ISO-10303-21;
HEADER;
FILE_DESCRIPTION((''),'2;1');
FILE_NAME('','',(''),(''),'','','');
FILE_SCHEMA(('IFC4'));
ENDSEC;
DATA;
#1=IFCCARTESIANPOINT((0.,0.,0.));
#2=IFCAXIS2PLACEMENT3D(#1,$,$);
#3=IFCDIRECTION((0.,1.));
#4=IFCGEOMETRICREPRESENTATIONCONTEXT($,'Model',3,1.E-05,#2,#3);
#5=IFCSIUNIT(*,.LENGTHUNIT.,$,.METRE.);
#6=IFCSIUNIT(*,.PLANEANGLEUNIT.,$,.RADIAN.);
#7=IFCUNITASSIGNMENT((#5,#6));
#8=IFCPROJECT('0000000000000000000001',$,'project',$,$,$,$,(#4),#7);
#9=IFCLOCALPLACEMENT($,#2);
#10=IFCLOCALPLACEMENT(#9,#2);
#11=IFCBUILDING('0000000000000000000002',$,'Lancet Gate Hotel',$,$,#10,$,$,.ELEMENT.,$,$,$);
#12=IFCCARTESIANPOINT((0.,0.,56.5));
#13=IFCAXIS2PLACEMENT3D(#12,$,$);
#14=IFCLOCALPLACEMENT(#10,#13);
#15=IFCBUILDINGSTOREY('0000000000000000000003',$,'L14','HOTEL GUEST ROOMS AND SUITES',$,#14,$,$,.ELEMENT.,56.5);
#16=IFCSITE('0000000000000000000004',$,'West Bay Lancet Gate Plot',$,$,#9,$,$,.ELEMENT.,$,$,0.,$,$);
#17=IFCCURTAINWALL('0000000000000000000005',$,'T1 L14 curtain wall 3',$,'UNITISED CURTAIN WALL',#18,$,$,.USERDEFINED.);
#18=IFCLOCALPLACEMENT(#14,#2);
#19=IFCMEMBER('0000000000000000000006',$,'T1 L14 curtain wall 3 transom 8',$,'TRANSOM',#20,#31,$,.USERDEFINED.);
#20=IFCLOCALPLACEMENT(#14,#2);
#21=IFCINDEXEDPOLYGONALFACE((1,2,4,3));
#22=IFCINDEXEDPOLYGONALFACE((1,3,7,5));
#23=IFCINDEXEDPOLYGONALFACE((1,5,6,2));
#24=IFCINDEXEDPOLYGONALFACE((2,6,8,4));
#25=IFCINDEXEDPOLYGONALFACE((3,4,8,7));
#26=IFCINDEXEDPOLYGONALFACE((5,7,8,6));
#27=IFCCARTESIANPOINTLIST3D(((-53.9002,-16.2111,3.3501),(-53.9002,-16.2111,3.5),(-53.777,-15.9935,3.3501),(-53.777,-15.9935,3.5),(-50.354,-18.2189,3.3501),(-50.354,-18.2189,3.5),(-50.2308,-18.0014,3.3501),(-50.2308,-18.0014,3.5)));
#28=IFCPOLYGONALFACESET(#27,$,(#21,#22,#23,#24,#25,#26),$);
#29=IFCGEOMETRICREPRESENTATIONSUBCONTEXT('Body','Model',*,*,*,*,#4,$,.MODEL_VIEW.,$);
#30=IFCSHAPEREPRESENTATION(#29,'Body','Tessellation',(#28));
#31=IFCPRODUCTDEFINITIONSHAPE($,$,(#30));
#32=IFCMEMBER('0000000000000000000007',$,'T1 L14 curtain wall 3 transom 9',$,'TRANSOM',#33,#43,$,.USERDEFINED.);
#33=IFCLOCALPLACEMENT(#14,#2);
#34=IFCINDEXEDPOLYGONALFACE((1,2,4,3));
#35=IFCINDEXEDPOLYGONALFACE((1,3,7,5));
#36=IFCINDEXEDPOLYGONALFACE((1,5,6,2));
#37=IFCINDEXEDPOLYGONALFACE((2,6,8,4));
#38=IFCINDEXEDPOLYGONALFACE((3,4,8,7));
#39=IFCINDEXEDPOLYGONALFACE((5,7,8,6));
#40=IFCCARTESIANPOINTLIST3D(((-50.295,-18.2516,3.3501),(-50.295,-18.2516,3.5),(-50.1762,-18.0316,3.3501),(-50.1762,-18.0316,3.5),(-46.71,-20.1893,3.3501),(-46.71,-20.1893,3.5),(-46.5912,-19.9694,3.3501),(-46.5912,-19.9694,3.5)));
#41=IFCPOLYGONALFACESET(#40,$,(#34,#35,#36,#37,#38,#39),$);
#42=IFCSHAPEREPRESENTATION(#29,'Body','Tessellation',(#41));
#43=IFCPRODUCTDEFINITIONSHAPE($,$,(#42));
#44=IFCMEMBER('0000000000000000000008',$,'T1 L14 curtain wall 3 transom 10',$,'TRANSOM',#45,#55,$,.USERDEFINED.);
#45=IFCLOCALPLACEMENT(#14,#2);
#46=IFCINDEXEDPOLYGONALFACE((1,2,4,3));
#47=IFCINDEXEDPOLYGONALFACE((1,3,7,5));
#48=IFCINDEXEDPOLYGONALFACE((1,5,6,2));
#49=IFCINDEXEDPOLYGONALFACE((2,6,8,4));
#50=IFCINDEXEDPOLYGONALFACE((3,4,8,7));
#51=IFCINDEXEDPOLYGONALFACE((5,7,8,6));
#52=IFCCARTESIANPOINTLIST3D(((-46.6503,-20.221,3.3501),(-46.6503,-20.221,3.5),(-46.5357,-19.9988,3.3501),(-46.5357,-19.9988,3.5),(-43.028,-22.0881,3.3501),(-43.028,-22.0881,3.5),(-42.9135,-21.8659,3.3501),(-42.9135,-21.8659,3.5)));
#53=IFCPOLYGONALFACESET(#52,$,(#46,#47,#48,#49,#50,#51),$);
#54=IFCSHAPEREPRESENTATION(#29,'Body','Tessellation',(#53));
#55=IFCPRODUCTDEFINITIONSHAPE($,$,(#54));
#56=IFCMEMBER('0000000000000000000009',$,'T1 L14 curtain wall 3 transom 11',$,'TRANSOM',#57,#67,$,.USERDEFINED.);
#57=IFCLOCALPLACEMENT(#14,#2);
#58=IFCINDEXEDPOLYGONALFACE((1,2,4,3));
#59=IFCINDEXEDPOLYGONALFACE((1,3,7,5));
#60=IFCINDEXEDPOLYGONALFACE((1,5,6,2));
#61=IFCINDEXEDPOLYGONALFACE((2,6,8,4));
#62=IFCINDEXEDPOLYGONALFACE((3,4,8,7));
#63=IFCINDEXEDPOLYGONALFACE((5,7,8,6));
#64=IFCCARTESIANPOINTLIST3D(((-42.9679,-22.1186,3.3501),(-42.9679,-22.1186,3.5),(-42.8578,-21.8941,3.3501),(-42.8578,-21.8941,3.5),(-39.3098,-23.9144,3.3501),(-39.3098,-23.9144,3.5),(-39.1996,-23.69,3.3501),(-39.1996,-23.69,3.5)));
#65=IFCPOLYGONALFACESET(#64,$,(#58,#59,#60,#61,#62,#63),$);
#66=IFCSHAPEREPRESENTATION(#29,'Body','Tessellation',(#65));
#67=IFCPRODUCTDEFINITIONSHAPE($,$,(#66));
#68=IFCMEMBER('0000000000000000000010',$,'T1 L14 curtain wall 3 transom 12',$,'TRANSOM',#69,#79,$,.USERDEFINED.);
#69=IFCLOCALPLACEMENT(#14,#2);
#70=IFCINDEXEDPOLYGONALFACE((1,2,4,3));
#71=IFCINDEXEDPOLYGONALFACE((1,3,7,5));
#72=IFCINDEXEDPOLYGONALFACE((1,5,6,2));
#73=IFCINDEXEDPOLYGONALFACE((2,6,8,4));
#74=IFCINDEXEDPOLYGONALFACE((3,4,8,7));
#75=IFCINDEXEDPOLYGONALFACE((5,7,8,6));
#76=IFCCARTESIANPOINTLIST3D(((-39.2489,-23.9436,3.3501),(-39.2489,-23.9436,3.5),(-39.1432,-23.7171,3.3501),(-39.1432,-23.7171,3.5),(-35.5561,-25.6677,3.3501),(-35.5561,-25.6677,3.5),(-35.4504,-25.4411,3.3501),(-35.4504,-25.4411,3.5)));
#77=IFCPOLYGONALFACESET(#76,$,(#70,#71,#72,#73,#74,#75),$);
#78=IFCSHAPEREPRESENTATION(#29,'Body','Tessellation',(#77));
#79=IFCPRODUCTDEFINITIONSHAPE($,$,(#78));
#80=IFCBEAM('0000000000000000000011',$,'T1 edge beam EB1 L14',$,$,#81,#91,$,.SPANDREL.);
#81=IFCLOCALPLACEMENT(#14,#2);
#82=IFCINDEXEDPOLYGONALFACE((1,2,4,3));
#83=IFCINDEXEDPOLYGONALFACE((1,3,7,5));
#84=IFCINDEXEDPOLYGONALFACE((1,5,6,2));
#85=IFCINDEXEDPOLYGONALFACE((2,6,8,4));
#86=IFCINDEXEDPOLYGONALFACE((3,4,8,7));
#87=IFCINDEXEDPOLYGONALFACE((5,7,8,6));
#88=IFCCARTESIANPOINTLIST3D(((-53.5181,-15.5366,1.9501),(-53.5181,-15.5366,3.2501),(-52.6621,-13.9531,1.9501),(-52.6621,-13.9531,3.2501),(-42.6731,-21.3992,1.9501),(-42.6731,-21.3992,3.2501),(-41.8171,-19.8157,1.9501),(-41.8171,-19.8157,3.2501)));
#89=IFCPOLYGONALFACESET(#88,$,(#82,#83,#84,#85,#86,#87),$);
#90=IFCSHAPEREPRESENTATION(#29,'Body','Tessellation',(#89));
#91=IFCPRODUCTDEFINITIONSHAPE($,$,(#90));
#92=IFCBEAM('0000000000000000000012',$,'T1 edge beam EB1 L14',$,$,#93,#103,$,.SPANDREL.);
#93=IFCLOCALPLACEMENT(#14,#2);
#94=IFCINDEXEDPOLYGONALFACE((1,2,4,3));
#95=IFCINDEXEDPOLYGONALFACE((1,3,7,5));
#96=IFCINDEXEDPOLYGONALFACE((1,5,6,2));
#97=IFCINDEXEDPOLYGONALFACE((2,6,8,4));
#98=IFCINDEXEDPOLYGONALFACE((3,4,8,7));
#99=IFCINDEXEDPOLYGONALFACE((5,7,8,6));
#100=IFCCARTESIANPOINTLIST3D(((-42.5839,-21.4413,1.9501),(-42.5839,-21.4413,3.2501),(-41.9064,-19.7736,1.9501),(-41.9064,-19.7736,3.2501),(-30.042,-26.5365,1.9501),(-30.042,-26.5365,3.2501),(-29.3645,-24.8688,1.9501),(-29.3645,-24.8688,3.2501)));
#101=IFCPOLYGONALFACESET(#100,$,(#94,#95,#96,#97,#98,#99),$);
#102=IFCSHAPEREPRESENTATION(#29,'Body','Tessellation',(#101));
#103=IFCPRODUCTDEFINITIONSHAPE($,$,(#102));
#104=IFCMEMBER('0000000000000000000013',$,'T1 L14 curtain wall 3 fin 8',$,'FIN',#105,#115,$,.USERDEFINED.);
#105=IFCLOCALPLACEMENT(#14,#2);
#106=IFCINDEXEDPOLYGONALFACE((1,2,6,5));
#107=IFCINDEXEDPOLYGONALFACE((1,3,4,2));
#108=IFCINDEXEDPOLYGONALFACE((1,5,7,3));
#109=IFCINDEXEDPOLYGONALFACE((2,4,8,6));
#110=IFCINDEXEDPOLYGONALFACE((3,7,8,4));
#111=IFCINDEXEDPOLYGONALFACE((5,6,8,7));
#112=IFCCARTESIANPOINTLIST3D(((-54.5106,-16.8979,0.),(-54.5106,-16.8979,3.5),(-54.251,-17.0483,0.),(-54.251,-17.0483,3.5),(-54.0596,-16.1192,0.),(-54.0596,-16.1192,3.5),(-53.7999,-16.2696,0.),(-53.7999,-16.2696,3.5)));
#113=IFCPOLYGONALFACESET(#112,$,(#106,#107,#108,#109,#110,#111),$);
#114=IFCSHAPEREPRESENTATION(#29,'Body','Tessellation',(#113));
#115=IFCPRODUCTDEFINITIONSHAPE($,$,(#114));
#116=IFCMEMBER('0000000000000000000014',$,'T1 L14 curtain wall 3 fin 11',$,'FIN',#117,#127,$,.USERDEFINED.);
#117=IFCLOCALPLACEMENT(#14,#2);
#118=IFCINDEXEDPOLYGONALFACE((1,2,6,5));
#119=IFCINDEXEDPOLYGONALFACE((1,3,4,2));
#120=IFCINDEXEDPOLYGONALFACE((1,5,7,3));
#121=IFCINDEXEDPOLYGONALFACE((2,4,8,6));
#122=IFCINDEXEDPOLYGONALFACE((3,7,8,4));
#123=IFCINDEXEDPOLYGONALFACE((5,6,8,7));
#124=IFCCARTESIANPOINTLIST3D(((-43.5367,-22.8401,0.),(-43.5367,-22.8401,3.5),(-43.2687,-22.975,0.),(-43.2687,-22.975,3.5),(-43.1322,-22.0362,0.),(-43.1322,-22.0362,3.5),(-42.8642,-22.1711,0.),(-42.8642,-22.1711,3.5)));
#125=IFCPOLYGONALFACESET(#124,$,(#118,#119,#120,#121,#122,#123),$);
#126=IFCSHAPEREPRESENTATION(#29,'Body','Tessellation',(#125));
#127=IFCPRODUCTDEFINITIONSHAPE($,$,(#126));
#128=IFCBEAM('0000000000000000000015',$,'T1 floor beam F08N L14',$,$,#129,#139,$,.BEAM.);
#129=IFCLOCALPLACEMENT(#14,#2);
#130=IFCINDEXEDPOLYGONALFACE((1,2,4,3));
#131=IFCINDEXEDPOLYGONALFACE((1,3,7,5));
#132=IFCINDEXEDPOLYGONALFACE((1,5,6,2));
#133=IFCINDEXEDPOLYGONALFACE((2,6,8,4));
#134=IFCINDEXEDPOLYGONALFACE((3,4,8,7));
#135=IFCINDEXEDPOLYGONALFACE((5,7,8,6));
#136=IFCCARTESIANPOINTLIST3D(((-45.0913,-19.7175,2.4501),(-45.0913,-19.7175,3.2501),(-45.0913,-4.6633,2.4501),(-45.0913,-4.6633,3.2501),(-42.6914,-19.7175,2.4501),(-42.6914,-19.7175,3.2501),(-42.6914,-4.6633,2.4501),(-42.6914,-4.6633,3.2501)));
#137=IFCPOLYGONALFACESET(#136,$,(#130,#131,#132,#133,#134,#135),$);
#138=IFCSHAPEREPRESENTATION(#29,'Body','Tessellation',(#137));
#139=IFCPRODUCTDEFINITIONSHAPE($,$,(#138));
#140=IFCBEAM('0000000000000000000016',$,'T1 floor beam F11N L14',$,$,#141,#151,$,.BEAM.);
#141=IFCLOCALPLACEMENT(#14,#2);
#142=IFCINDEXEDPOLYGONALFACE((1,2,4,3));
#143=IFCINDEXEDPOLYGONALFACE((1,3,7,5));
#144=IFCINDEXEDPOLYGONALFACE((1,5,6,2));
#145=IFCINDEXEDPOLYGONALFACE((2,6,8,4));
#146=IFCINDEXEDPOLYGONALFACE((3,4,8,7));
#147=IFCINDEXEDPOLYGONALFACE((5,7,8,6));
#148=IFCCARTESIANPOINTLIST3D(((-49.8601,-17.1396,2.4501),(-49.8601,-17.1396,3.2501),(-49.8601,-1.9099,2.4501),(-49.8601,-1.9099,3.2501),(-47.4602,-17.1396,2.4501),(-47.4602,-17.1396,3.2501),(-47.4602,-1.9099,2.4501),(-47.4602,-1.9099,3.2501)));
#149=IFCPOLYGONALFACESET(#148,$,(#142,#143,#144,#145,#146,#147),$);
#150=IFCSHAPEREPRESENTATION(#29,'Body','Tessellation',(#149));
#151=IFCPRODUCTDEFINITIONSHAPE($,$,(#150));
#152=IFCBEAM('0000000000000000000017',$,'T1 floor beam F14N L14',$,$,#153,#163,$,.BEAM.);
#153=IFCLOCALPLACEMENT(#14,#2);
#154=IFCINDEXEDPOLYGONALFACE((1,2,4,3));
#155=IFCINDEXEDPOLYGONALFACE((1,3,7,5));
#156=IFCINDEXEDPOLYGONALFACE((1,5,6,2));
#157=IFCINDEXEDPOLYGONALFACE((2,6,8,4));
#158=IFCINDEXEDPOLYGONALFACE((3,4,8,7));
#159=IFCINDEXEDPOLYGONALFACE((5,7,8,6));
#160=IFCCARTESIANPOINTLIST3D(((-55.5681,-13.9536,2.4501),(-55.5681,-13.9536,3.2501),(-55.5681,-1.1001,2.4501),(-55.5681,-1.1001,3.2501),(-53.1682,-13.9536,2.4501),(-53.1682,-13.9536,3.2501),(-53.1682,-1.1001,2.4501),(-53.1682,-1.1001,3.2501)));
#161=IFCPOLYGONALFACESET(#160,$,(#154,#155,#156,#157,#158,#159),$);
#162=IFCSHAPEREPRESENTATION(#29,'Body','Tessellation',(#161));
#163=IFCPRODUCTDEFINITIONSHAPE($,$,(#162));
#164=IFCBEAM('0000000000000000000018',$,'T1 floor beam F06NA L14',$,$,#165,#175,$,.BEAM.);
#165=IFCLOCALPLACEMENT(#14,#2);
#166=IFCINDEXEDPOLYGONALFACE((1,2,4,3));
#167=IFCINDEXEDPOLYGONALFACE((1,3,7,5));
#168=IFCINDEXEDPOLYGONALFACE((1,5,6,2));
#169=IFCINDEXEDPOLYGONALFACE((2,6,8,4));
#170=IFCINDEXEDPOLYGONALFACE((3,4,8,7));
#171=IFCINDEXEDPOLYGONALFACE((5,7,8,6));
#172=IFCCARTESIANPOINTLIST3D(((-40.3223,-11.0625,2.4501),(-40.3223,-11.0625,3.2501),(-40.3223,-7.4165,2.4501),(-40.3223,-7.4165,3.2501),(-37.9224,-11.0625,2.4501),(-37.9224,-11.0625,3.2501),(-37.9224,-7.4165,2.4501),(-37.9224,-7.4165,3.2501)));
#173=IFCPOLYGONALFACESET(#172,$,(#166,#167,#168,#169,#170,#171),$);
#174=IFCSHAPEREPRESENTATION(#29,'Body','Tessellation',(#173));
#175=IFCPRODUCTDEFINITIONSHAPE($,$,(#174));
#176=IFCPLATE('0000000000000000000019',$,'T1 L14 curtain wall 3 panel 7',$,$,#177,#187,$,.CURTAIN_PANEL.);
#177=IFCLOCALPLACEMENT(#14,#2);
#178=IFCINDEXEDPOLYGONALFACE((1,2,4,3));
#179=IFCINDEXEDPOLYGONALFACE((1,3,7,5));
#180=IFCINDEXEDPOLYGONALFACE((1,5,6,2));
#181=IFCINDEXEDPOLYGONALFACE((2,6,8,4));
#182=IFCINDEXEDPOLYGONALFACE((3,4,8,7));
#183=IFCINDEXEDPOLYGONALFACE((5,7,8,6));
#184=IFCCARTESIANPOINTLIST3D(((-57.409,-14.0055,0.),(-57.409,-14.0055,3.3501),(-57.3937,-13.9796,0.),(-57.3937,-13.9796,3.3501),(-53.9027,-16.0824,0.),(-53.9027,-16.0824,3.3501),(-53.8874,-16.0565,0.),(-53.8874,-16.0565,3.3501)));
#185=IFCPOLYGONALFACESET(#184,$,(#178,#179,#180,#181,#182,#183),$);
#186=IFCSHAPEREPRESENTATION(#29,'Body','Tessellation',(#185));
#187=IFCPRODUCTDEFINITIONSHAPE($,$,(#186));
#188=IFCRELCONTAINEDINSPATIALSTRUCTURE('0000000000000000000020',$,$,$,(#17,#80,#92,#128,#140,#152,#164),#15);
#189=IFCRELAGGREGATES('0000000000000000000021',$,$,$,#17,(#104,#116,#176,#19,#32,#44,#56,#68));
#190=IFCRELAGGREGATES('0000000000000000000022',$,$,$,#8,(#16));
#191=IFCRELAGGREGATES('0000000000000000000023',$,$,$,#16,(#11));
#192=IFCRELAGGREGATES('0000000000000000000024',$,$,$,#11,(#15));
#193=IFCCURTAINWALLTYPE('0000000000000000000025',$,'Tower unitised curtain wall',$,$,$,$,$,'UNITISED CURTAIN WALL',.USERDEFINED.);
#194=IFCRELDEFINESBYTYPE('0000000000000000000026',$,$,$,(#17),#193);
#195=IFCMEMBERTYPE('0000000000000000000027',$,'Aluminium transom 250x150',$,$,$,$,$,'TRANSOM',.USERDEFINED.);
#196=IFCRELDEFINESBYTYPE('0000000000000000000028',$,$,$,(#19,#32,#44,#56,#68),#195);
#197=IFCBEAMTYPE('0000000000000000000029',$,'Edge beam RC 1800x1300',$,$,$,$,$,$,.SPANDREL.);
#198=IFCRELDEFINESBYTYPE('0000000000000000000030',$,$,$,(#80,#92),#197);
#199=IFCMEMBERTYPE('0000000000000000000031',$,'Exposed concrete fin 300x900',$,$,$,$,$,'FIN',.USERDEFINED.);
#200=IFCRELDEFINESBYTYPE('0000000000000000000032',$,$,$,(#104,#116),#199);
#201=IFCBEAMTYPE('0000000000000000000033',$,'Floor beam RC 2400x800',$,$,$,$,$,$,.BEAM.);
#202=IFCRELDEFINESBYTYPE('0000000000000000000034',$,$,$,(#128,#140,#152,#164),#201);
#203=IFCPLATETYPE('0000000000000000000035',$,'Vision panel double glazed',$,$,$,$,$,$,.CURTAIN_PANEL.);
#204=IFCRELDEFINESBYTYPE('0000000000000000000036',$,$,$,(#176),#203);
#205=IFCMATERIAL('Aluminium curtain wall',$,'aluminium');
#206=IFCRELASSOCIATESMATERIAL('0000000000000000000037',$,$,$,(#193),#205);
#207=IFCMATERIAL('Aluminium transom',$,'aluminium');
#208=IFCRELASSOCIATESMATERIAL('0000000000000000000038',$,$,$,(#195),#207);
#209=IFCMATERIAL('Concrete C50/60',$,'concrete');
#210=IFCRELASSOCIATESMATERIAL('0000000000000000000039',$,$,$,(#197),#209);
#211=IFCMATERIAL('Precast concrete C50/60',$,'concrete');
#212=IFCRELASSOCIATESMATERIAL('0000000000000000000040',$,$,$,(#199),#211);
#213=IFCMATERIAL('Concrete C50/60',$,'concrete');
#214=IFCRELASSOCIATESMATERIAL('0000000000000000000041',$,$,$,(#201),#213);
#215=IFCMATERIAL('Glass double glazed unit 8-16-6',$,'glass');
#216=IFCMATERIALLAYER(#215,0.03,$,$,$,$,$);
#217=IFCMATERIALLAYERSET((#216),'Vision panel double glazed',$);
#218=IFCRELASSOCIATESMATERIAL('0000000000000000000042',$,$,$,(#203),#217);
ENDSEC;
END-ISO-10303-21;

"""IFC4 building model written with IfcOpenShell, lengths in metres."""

from ifc_helpers import new_model, si_unit, direction, frame, origin, origin_2d, place, context, subcontext, project, spatial, rectangle, extrude, material, layer, layer_set, material_profile, profile_set, type_object, element, aggregate, save


model = new_model("IFC4")

# Units and contexts
model_context = context("Model", 3, precision=1e-05, world=origin(), true_north=direction((0.0, 1.0)))
body_context = subcontext(model_context, "Body", "Model", "MODEL_VIEW")
ifc_project = project(units=[si_unit("LENGTHUNIT", "METRE"), si_unit("PLANEANGLEUNIT", "RADIAN")], contexts=[model_context])

# Site, building, storey
site_placement = place(None, origin())
site = spatial("IfcSite", under=ifc_project, at=site_placement, Name="West Bay Lancet Gate Plot", CompositionType="ELEMENT", RefElevation=0.0)
building_placement = place(site_placement, origin())
building = spatial("IfcBuilding", under=site, at=building_placement, Name="Lancet Gate Hotel", CompositionType="ELEMENT")
storey_placement = place(building_placement, frame((0.0, 0.0, 56.5)))
storey = spatial("IfcBuildingStorey", under=building, at=storey_placement, Name="L14", Description="HOTEL GUEST ROOMS AND SUITES", CompositionType="ELEMENT", Elevation=56.5)

# Curtain wall, members
ifc_material_1 = material(Name="Aluminium curtain wall", Category="aluminium")
curtain_wall_type = type_object("IfcCurtainWallType", Name="Tower unitised curtain wall", ElementType="UNITISED CURTAIN WALL", PredefinedType="USERDEFINED", material=ifc_material_1)
curtain_wall_placement = place(storey_placement, origin())
curtain_wall = element("IfcCurtainWall", 1, at=curtain_wall_placement, inside=storey, type_object=curtain_wall_type, Name="T1 L14 curtain wall 3", ObjectType="UNITISED CURTAIN WALL", PredefinedType="USERDEFINED")
ifc_material_2 = material(Name="Aluminium transom", Category="aluminium")
ifc_material_profile_1 = material_profile(ifc_material_2, rectangle(XDim=0.25, YDim=0.1499, at=origin_2d()), Name="TRANSOM 250x150")
ifc_profile_set_1 = profile_set([ifc_material_profile_1], Name="Aluminium transom")
member_type_1 = type_object("IfcMemberType", Name="Aluminium transom 250x150", ElementType="TRANSOM", PredefinedType="USERDEFINED", material=ifc_profile_set_1)
member_1_placement = place(storey_placement, frame((-53.8386, -16.1023, 3.425), z_axis=(0.870198, -0.492703, 0.0), x_axis=(0.492703, 0.870198, 0.0)))
member_1 = element("IfcMember", 2, at=member_1_placement, type_object=member_type_1, Name="T1 L14 curtain wall 3 transom 8", ObjectType="TRANSOM", PredefinedType="USERDEFINED", context=body_context, shape_type="SweptSolid", body=[
    extrude(rectangle(XDim=0.25, YDim=0.1499, at=origin_2d()), origin(), (0.0, 0.0, 1.0), 4.0752),
])
member_2_placement = place(storey_placement, frame((-50.2356, -18.1416, 3.425), z_axis=(0.879714, -0.475503, 0.0), x_axis=(0.475503, 0.879714, 0.0)))
member_2 = element("IfcMember", 3, at=member_2_placement, type_object=member_type_1, Name="T1 L14 curtain wall 3 transom 9", ObjectType="TRANSOM", PredefinedType="USERDEFINED", context=body_context, shape_type="SweptSolid", body=[
    extrude(rectangle(XDim=0.25, YDim=0.1499, at=origin_2d()), origin(), (0.0, 0.0, 1.0), 4.0752),
])
member_3_placement = place(storey_placement, frame((-46.593, -20.1099, 3.425), z_axis=(0.88886, -0.458179, 0.0), x_axis=(0.458179, 0.88886, 0.0)))
member_3 = element("IfcMember", 4, at=member_3_placement, type_object=member_type_1, Name="T1 L14 curtain wall 3 transom 10", ObjectType="TRANSOM", PredefinedType="USERDEFINED", context=body_context, shape_type="SweptSolid", body=[
    extrude(rectangle(XDim=0.25, YDim=0.1499, at=origin_2d()), origin(), (0.0, 0.0, 1.0), 4.0752),
])
member_4_placement = place(storey_placement, frame((-42.9128, -22.0063, 3.425), z_axis=(0.897662, -0.440684, 0.0), x_axis=(0.440684, 0.897662, 0.0)))
member_4 = element("IfcMember", 5, at=member_4_placement, type_object=member_type_1, Name="T1 L14 curtain wall 3 transom 11", ObjectType="TRANSOM", PredefinedType="USERDEFINED", context=body_context, shape_type="SweptSolid", body=[
    extrude(rectangle(XDim=0.25, YDim=0.1499, at=origin_2d()), origin(), (0.0, 0.0, 1.0), 4.0752),
])
member_5_placement = place(storey_placement, frame((-39.196, -23.8303, 3.425), z_axis=(0.90611, -0.423043, 0.0), x_axis=(0.423043, 0.90611, 0.0)))
member_5 = element("IfcMember", 6, at=member_5_placement, type_object=member_type_1, Name="T1 L14 curtain wall 3 transom 12", ObjectType="TRANSOM", PredefinedType="USERDEFINED", context=body_context, shape_type="SweptSolid", body=[
    extrude(rectangle(XDim=0.25, YDim=0.1499, at=origin_2d()), origin(), (0.0, 0.0, 1.0), 4.0754),
])

# Beams
ifc_material_3 = material(Name="Concrete C50/60", Category="concrete")
ifc_material_profile_2 = material_profile(ifc_material_3, rectangle(XDim=1.8, YDim=1.3, at=origin_2d()), Name="RC 1800x1300")
ifc_profile_set_2 = profile_set([ifc_material_profile_2], Name="Concrete C50/60")
beam_type_1 = type_object("IfcBeamType", Name="Edge beam RC 1800x1300", PredefinedType="SPANDREL", material=ifc_profile_set_2)
beam_1_placement = place(storey_placement, frame((-53.0901, -14.7449, 2.6001), z_axis=(0.879693, -0.475542, 0.0), x_axis=(0.475542, 0.879693, 0.0)))
element("IfcBeam", 7, at=beam_1_placement, inside=storey, type_object=beam_type_1, Name="T1 edge beam EB1 L14", PredefinedType="SPANDREL", context=body_context, shape_type="SweptSolid", body=[
    extrude(rectangle(XDim=1.8, YDim=1.3, at=origin_2d()), origin(), (0.0, 0.0, 1.0), 12.3281),
])
beam_2_placement = place(storey_placement, frame((-42.2451, -20.6074, 2.6001), z_axis=(0.926463, -0.376385, 0.0), x_axis=(0.376385, 0.926463, 0.0)))
element("IfcBeam", 8, at=beam_2_placement, inside=storey, type_object=beam_type_1, Name="T1 edge beam EB1 L14", PredefinedType="SPANDREL", context=body_context, shape_type="SweptSolid", body=[
    extrude(rectangle(XDim=1.8, YDim=1.3, at=origin_2d()), origin(), (0.0, 0.0, 1.0), 13.5374),
])

# Members
ifc_material_4 = material(Name="Precast concrete C50/60", Category="concrete")
ifc_material_profile_3 = material_profile(ifc_material_4, rectangle(XDim=0.3, YDim=0.8999, at=origin_2d()), Name="FIN 300x900")
ifc_profile_set_3 = profile_set([ifc_material_profile_3], Name="Precast concrete C50/60")
member_type_2 = type_object("IfcMemberType", Name="Exposed concrete fin 300x900", ElementType="FIN", PredefinedType="USERDEFINED", material=ifc_profile_set_3)
member_6_placement = place(storey_placement, frame((-54.1553, -16.5837, 0.0), z_axis=(0.0, 0.0, 1.0), x_axis=(0.865335, -0.501194, 0.0)))
member_6 = element("IfcMember", 9, at=member_6_placement, type_object=member_type_2, Name="T1 L14 curtain wall 3 fin 8", ObjectType="FIN", PredefinedType="USERDEFINED", context=body_context, shape_type="SweptSolid", body=[
    extrude(rectangle(XDim=0.3, YDim=0.8999, at=origin_2d()), origin(), (0.0, 0.0, 1.0), 3.5),
])
member_7_placement = place(storey_placement, frame((-43.2004, -22.5056, 0.0), z_axis=(0.0, 0.0, 1.0), x_axis=(0.893292, -0.449478, 0.0)))
member_7 = element("IfcMember", 10, at=member_7_placement, type_object=member_type_2, Name="T1 L14 curtain wall 3 fin 11", ObjectType="FIN", PredefinedType="USERDEFINED", context=body_context, shape_type="SweptSolid", body=[
    extrude(rectangle(XDim=0.3, YDim=0.8999, at=origin_2d()), origin(), (0.0, 0.0, 1.0), 3.5),
])

# Beams
ifc_material_5 = material(Name="Concrete C50/60", Category="concrete")
ifc_material_profile_4 = material_profile(ifc_material_5, rectangle(XDim=2.3999, YDim=0.8, at=origin_2d()), Name="RC 2400x800")
ifc_profile_set_4 = profile_set([ifc_material_profile_4], Name="Concrete C50/60")
beam_type_2 = type_object("IfcBeamType", Name="Floor beam RC 2400x800", PredefinedType="BEAM", material=ifc_profile_set_4)
beam_3_placement = place(storey_placement, frame((-43.8914, -4.6633, 2.8501), z_axis=(0.0, -1.0, 0.0), x_axis=(1.0, 0.0, 0.0)))
element("IfcBeam", 11, at=beam_3_placement, inside=storey, type_object=beam_type_2, Name="T1 floor beam F08N L14", PredefinedType="BEAM", context=body_context, shape_type="SweptSolid", body=[
    extrude(rectangle(XDim=2.3999, YDim=0.8, at=origin_2d()), origin(), (0.0, 0.0, 1.0), 15.0542),
])
beam_4_placement = place(storey_placement, frame((-48.6602, -1.9099, 2.8501), z_axis=(0.0, -1.0, 0.0), x_axis=(1.0, 0.0, 0.0)))
element("IfcBeam", 12, at=beam_4_placement, inside=storey, type_object=beam_type_2, Name="T1 floor beam F11N L14", PredefinedType="BEAM", context=body_context, shape_type="SweptSolid", body=[
    extrude(rectangle(XDim=2.3999, YDim=0.8, at=origin_2d()), origin(), (0.0, 0.0, 1.0), 15.2297),
])
beam_5_placement = place(storey_placement, frame((-54.3682, -1.1001, 2.8501), z_axis=(0.0, -1.0, 0.0), x_axis=(1.0, 0.0, 0.0)))
element("IfcBeam", 13, at=beam_5_placement, inside=storey, type_object=beam_type_2, Name="T1 floor beam F14N L14", PredefinedType="BEAM", context=body_context, shape_type="SweptSolid", body=[
    extrude(rectangle(XDim=2.3999, YDim=0.8, at=origin_2d()), origin(), (0.0, 0.0, 1.0), 12.8535),
])
beam_6_placement = place(storey_placement, frame((-39.1223, -7.4165, 2.8501), z_axis=(0.0, -1.0, 0.0), x_axis=(1.0, 0.0, 0.0)))
element("IfcBeam", 14, at=beam_6_placement, inside=storey, type_object=beam_type_2, Name="T1 floor beam F06NA L14", PredefinedType="BEAM", context=body_context, shape_type="SweptSolid", body=[
    extrude(rectangle(XDim=2.3999, YDim=0.8, at=origin_2d()), origin(), (0.0, 0.0, 1.0), 3.646),
])

# Plate
ifc_material_6 = material(Name="Glass double glazed unit 8-16-6", Category="glass")
ifc_layer_1 = layer(ifc_material_6, 0.03)
ifc_layer_set_1 = layer_set([ifc_layer_1], Name="Vision panel double glazed")
plate_type = type_object("IfcPlateType", Name="Vision panel double glazed", PredefinedType="CURTAIN_PANEL", material=ifc_layer_set_1)
plate_1_placement = place(storey_placement, frame((-55.6482, -15.031, 0.0), z_axis=(0.0, 0.0, 1.0), x_axis=(0.860382, -0.50965, 0.0)))
plate_1 = element("IfcPlate", 15, at=plate_1_placement, type_object=plate_type, Name="T1 L14 curtain wall 3 panel 7", PredefinedType="CURTAIN_PANEL", context=body_context, shape_type="SweptSolid", body=[
    extrude(rectangle(XDim=4.0752, YDim=0.03, at=origin_2d()), origin(), (0.0, 0.0, 1.0), 3.3501),
])
aggregate(curtain_wall, [member_6, member_7, plate_1, member_1, member_2, member_3, member_4, member_5])

save(model, "model.ifc")
